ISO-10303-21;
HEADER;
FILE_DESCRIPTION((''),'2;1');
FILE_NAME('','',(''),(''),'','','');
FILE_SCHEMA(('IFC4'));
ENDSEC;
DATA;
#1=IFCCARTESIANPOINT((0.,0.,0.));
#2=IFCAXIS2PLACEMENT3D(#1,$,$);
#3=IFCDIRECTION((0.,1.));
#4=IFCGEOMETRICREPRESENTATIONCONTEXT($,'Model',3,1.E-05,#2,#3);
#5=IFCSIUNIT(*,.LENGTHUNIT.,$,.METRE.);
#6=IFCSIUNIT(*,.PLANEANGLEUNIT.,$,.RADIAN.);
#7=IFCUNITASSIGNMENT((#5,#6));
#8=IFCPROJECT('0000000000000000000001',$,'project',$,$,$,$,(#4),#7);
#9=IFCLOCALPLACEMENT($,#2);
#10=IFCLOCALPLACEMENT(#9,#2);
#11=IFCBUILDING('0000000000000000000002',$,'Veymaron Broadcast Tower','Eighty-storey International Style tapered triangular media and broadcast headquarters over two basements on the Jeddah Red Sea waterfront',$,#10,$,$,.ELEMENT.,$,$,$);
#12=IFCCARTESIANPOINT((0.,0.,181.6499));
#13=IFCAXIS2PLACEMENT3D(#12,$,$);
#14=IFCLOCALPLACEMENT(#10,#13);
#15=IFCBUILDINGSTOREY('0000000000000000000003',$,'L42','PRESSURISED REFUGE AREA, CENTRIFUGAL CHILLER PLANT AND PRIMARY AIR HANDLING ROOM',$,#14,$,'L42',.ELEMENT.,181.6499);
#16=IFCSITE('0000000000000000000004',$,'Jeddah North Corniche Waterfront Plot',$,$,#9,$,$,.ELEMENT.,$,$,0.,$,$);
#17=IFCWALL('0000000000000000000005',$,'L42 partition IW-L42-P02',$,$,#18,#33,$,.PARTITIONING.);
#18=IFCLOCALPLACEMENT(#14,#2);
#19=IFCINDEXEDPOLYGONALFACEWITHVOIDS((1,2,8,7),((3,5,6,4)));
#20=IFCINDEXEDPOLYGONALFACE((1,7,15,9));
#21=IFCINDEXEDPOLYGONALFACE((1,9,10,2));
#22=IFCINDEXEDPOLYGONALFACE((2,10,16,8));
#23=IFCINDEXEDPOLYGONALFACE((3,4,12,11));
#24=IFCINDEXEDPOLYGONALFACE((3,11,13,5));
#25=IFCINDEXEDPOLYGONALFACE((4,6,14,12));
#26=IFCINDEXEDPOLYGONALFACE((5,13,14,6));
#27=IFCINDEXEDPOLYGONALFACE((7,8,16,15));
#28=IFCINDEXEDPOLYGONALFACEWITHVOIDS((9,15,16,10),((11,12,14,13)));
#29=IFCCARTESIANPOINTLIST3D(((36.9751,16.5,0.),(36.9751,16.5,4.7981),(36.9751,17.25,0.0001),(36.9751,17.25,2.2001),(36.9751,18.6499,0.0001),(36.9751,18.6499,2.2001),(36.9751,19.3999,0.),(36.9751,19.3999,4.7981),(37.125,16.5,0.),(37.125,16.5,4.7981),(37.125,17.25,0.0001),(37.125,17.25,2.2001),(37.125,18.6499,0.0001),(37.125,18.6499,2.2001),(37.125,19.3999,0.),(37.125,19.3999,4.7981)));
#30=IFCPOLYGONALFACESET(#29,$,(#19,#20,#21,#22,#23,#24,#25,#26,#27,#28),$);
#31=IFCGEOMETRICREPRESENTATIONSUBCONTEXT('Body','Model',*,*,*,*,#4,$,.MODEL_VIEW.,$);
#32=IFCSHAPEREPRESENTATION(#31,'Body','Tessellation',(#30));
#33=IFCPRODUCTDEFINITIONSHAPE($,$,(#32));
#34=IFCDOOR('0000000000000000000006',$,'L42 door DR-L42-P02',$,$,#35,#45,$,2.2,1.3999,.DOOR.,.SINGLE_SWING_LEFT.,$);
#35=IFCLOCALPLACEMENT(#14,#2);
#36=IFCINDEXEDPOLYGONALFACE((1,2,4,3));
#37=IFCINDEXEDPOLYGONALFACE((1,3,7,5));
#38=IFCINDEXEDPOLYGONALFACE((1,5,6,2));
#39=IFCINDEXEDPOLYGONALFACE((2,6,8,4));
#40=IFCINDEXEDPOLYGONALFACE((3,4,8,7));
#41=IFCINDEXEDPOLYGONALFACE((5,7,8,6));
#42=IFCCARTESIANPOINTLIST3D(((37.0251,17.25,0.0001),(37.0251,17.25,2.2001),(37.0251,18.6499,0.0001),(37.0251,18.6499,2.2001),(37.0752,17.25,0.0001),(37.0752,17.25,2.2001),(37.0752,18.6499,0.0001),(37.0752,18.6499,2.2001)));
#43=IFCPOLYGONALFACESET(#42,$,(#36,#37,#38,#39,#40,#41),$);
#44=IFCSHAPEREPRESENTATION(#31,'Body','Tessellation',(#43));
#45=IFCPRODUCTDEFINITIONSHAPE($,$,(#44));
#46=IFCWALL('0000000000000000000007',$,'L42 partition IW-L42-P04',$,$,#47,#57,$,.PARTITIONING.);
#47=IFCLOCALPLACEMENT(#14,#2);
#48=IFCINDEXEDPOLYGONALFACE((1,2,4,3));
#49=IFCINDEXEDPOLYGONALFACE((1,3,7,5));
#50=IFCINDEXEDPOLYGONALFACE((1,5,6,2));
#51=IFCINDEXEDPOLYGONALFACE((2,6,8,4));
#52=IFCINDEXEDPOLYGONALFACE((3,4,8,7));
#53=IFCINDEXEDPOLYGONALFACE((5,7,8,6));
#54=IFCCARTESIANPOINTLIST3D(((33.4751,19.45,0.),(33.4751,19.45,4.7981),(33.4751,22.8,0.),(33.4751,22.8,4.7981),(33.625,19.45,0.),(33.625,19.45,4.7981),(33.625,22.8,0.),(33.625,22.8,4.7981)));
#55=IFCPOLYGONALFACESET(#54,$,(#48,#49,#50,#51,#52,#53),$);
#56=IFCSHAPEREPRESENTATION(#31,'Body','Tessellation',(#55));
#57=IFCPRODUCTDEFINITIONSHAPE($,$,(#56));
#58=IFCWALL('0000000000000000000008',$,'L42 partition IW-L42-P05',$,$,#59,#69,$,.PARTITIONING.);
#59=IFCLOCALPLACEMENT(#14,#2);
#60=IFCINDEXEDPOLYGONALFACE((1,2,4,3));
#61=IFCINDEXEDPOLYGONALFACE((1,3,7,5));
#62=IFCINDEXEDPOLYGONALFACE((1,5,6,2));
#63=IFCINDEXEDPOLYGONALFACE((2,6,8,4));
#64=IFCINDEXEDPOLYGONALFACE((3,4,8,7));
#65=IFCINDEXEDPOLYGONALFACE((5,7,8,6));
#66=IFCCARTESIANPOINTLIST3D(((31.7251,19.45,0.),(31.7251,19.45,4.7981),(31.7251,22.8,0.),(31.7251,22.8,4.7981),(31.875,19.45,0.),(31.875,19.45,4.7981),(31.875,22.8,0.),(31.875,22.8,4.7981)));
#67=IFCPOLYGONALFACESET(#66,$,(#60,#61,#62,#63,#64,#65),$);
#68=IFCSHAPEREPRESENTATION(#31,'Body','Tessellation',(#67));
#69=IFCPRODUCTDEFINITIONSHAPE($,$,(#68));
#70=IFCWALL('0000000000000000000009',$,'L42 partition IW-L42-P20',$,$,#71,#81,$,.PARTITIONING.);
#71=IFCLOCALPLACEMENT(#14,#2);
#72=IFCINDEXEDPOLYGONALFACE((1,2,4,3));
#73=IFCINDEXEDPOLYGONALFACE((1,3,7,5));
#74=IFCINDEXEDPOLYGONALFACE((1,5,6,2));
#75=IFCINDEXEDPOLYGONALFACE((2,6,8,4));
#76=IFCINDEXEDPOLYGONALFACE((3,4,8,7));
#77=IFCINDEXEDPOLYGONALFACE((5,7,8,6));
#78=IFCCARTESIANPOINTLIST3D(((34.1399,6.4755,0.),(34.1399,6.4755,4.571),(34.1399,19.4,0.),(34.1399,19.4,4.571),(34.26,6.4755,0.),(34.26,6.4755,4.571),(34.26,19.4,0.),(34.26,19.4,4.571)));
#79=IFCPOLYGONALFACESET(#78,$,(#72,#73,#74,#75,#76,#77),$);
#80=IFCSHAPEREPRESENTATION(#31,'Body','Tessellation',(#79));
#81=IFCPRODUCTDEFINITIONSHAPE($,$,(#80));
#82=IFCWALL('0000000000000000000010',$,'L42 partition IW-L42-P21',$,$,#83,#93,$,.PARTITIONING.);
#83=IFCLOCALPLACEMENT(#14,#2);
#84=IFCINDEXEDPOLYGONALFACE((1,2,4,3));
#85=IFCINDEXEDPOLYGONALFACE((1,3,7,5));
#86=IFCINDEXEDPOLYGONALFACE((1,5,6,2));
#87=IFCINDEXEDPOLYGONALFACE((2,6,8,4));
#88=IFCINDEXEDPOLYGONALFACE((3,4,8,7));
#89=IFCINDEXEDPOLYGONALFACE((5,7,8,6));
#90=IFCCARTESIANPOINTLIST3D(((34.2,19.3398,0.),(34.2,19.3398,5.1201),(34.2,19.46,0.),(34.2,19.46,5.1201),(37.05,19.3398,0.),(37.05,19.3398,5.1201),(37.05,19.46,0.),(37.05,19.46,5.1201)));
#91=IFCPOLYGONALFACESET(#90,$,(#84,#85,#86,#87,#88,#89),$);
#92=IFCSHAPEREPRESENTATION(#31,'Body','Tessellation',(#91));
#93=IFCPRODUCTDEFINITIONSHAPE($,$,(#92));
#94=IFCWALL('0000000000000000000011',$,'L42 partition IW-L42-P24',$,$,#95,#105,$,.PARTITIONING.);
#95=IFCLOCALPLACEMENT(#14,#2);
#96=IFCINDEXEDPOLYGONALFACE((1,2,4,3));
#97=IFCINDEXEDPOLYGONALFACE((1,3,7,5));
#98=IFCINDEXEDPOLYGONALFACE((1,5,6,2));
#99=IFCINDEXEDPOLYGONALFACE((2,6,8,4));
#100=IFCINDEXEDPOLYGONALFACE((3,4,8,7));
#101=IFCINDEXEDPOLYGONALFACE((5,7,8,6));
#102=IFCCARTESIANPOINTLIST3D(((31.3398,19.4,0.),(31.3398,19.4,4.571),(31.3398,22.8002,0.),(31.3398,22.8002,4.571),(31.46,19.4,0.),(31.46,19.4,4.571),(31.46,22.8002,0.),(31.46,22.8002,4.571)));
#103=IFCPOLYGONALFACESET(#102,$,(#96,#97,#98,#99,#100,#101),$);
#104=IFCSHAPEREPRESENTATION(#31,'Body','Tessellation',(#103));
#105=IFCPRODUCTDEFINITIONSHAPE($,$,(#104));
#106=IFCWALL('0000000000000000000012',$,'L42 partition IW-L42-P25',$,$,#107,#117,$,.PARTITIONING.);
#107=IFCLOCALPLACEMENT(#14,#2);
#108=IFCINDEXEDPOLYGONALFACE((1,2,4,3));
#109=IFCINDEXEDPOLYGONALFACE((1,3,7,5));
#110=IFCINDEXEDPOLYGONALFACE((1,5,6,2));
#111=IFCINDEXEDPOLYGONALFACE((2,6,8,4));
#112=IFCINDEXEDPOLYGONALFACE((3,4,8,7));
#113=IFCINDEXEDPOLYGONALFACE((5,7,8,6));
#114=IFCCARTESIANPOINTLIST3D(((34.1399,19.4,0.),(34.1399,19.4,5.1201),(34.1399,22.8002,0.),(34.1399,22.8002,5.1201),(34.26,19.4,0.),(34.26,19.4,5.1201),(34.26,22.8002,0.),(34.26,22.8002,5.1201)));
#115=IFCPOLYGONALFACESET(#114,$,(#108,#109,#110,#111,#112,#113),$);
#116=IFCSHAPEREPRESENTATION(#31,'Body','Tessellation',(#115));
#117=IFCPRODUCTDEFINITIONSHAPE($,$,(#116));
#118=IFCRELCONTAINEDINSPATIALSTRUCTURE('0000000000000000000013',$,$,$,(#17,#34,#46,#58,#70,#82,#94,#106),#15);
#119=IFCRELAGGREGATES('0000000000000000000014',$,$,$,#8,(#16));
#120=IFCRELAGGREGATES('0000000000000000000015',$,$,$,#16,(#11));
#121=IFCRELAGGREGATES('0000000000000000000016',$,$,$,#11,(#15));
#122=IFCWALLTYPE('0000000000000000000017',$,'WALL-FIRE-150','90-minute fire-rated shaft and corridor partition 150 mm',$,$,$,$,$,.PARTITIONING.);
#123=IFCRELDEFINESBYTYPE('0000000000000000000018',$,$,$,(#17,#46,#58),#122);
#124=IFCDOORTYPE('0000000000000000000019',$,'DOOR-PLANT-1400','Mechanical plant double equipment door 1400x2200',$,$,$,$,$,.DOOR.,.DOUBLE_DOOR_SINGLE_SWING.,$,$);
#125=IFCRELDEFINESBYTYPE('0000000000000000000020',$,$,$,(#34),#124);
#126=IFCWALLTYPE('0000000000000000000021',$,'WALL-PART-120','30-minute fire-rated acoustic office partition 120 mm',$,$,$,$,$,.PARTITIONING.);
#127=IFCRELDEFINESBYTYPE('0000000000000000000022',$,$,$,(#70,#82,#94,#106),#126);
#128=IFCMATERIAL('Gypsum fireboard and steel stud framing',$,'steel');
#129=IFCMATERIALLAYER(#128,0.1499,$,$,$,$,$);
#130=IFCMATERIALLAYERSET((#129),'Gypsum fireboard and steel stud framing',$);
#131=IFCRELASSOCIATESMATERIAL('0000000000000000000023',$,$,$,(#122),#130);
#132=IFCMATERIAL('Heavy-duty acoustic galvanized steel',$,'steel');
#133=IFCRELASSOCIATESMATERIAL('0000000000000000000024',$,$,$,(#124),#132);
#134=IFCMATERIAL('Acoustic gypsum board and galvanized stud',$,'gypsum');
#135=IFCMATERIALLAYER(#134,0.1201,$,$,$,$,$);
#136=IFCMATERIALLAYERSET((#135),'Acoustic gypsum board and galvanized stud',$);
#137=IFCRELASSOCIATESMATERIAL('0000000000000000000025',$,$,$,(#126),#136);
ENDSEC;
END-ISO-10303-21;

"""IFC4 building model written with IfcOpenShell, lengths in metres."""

from ifc_helpers import new_model, si_unit, direction, frame, frame_2d, origin, place, context, subcontext, project, spatial, rectangle, extrude, material, layer, layer_set, type_object, element, fill, save


model = new_model("IFC4")

# Units and contexts
model_context = context("Model", 3, precision=1e-05, world=origin(), true_north=direction((0.0, 1.0)))
body_context = subcontext(model_context, "Body", "Model", "MODEL_VIEW")
ifc_project = project(units=[si_unit("LENGTHUNIT", "METRE"), si_unit("PLANEANGLEUNIT", "RADIAN")], contexts=[model_context])

# Site, building, storey
site_placement = place(None, origin())
site = spatial("IfcSite", under=ifc_project, at=site_placement, Name="Jeddah North Corniche Waterfront Plot", CompositionType="ELEMENT", RefElevation=0.0)
building_placement = place(site_placement, origin())
building = spatial("IfcBuilding", under=site, at=building_placement, Name="Veymaron Broadcast Tower", Description="Eighty-storey International Style tapered triangular media and broadcast headquarters over two basements on the Jeddah Red Sea waterfront", CompositionType="ELEMENT")
storey_placement = place(building_placement, frame((0.0, 0.0, 181.6499)))
storey = spatial("IfcBuildingStorey", under=building, at=storey_placement, Name="L42", Description="PRESSURISED REFUGE AREA, CENTRIFUGAL CHILLER PLANT AND PRIMARY AIR HANDLING ROOM", LongName="L42", CompositionType="ELEMENT", Elevation=181.6499)

# Wall, opening, door
ifc_material_1 = material(Name="Gypsum fireboard and steel stud framing", Category="steel")
ifc_layer_1 = layer(ifc_material_1, 0.1499)
ifc_layer_set_1 = layer_set([ifc_layer_1], Name="Gypsum fireboard and steel stud framing")
wall_type_1 = type_object("IfcWallType", Name="WALL-FIRE-150", Description="90-minute fire-rated shaft and corridor partition 150 mm", PredefinedType="PARTITIONING", material=ifc_layer_set_1)
wall_1_placement = place(storey_placement, frame((37.05, 16.5, 0.0), z_axis=(0.0, 0.0, 1.0), x_axis=(0.0, 1.0, 0.0)))
wall_1 = element("IfcWall", 1, at=wall_1_placement, inside=storey, type_object=wall_type_1, Name="L42 partition IW-L42-P02", PredefinedType="PARTITIONING", context=body_context, shape_type="SweptSolid", body=[
    extrude(rectangle(XDim=2.8999, YDim=0.1499, at=frame_2d((1.45, 0.0))), origin(), (0.0, 0.0, 1.0), 4.7981),
])
opening_1_placement = place(wall_1_placement, frame((0.75, 0.0, 0.0)))
opening_1 = element("IfcOpeningElement", 2, at=opening_1_placement, cuts=wall_1, PredefinedType="OPENING", context=body_context, shape_type="SweptSolid", body=[
    extrude(rectangle(XDim=1.3999, YDim=2.2, at=frame_2d((0.7, 1.1001))), frame((0.0, 0.085, 0.0), z_axis=(0.0, -1.0, 0.0), x_axis=(1.0, 0.0, 0.0)), (0.0, 0.0, 1.0), 0.1699),
])
ifc_material_2 = material(Name="Heavy-duty acoustic galvanized steel", Category="steel")
door_type_1 = type_object("IfcDoorType", Name="DOOR-PLANT-1400", Description="Mechanical plant double equipment door 1400x2200", OperationType="DOUBLE_DOOR_SINGLE_SWING", PredefinedType="DOOR", material=ifc_material_2)
door_1_placement = place(opening_1_placement, origin())
door_1 = element("IfcDoor", 3, at=door_1_placement, inside=storey, type_object=door_type_1, Name="L42 door DR-L42-P02", OperationType="SINGLE_SWING_LEFT", OverallHeight=2.2, OverallWidth=1.3999, PredefinedType="DOOR", context=body_context, shape_type="SweptSolid", body=[
    extrude(rectangle(XDim=1.3999, YDim=2.2, at=frame_2d((0.7, 1.1001))), frame((0.0, 0.0249, 0.0), z_axis=(0.0, -1.0, 0.0), x_axis=(1.0, 0.0, 0.0)), (0.0, 0.0, 1.0), 0.05),
])
fill(opening_1, door_1)

# Walls
for number, where, z_axis, x_axis, name in (
    (4, (33.55, 19.45, 0.0), (0.0, 0.0, 1.0), (0.0, 1.0, 0.0), "L42 partition IW-L42-P04"),
    (5, (31.8, 19.45, 0.0), (0.0, 0.0, 1.0), (0.0, 1.0, 0.0), "L42 partition IW-L42-P05"),
):
    element("IfcWall", number, at=place(storey_placement, frame(where, z_axis=z_axis, x_axis=x_axis)), inside=storey, type_object=wall_type_1, Name=name, PredefinedType="PARTITIONING", context=body_context, shape_type="SweptSolid", body=[
        extrude(rectangle(XDim=3.3501, YDim=0.1499, at=frame_2d((1.675, 0.0))), origin(), (0.0, 0.0, 1.0), 4.7981),
    ])
ifc_material_3 = material(Name="Acoustic gypsum board and galvanized stud", Category="gypsum")
ifc_layer_2 = layer(ifc_material_3, 0.1201)
ifc_layer_set_2 = layer_set([ifc_layer_2], Name="Acoustic gypsum board and galvanized stud")
wall_type_2 = type_object("IfcWallType", Name="WALL-PART-120", Description="30-minute fire-rated acoustic office partition 120 mm", PredefinedType="PARTITIONING", material=ifc_layer_set_2)
wall_2_placement = place(storey_placement, frame((34.2, 6.4753, 0.0), z_axis=(0.0, 0.0, 1.0), x_axis=(0.0, 1.0, 0.0)))
element("IfcWall", 6, at=wall_2_placement, inside=storey, type_object=wall_type_2, Name="L42 partition IW-L42-P20", PredefinedType="PARTITIONING", context=body_context, shape_type="SweptSolid", body=[
    extrude(rectangle(XDim=12.9246, YDim=0.1201, at=frame_2d((6.4624, 0.0))), origin(), (0.0, 0.0, 1.0), 4.571),
])
wall_3_placement = place(storey_placement, frame((34.2, 19.3999, 0.0), z_axis=(0.0, 0.0, 1.0), x_axis=(1.0, 0.0, 0.0)))
element("IfcWall", 7, at=wall_3_placement, inside=storey, type_object=wall_type_2, Name="L42 partition IW-L42-P21", PredefinedType="PARTITIONING", context=body_context, shape_type="SweptSolid", body=[
    extrude(rectangle(XDim=2.8501, YDim=0.1201, at=frame_2d((1.425, 0.0))), origin(), (0.0, 0.0, 1.0), 5.1201),
])
wall_4_placement = place(storey_placement, frame((31.3999, 19.3999, 0.0), z_axis=(0.0, 0.0, 1.0), x_axis=(0.0, 1.0, 0.0)))
element("IfcWall", 8, at=wall_4_placement, inside=storey, type_object=wall_type_2, Name="L42 partition IW-L42-P24", PredefinedType="PARTITIONING", context=body_context, shape_type="SweptSolid", body=[
    extrude(rectangle(XDim=3.4001, YDim=0.1201, at=frame_2d((1.7002, 0.0))), origin(), (0.0, 0.0, 1.0), 4.571),
])
wall_5_placement = place(storey_placement, frame((34.2, 19.3999, 0.0), z_axis=(0.0, 0.0, 1.0), x_axis=(0.0, 1.0, 0.0)))
element("IfcWall", 9, at=wall_5_placement, inside=storey, type_object=wall_type_2, Name="L42 partition IW-L42-P25", PredefinedType="PARTITIONING", context=body_context, shape_type="SweptSolid", body=[
    extrude(rectangle(XDim=3.4001, YDim=0.1201, at=frame_2d((1.7002, 0.0))), origin(), (0.0, 0.0, 1.0), 5.1201),
])

save(model, "model.ifc")
